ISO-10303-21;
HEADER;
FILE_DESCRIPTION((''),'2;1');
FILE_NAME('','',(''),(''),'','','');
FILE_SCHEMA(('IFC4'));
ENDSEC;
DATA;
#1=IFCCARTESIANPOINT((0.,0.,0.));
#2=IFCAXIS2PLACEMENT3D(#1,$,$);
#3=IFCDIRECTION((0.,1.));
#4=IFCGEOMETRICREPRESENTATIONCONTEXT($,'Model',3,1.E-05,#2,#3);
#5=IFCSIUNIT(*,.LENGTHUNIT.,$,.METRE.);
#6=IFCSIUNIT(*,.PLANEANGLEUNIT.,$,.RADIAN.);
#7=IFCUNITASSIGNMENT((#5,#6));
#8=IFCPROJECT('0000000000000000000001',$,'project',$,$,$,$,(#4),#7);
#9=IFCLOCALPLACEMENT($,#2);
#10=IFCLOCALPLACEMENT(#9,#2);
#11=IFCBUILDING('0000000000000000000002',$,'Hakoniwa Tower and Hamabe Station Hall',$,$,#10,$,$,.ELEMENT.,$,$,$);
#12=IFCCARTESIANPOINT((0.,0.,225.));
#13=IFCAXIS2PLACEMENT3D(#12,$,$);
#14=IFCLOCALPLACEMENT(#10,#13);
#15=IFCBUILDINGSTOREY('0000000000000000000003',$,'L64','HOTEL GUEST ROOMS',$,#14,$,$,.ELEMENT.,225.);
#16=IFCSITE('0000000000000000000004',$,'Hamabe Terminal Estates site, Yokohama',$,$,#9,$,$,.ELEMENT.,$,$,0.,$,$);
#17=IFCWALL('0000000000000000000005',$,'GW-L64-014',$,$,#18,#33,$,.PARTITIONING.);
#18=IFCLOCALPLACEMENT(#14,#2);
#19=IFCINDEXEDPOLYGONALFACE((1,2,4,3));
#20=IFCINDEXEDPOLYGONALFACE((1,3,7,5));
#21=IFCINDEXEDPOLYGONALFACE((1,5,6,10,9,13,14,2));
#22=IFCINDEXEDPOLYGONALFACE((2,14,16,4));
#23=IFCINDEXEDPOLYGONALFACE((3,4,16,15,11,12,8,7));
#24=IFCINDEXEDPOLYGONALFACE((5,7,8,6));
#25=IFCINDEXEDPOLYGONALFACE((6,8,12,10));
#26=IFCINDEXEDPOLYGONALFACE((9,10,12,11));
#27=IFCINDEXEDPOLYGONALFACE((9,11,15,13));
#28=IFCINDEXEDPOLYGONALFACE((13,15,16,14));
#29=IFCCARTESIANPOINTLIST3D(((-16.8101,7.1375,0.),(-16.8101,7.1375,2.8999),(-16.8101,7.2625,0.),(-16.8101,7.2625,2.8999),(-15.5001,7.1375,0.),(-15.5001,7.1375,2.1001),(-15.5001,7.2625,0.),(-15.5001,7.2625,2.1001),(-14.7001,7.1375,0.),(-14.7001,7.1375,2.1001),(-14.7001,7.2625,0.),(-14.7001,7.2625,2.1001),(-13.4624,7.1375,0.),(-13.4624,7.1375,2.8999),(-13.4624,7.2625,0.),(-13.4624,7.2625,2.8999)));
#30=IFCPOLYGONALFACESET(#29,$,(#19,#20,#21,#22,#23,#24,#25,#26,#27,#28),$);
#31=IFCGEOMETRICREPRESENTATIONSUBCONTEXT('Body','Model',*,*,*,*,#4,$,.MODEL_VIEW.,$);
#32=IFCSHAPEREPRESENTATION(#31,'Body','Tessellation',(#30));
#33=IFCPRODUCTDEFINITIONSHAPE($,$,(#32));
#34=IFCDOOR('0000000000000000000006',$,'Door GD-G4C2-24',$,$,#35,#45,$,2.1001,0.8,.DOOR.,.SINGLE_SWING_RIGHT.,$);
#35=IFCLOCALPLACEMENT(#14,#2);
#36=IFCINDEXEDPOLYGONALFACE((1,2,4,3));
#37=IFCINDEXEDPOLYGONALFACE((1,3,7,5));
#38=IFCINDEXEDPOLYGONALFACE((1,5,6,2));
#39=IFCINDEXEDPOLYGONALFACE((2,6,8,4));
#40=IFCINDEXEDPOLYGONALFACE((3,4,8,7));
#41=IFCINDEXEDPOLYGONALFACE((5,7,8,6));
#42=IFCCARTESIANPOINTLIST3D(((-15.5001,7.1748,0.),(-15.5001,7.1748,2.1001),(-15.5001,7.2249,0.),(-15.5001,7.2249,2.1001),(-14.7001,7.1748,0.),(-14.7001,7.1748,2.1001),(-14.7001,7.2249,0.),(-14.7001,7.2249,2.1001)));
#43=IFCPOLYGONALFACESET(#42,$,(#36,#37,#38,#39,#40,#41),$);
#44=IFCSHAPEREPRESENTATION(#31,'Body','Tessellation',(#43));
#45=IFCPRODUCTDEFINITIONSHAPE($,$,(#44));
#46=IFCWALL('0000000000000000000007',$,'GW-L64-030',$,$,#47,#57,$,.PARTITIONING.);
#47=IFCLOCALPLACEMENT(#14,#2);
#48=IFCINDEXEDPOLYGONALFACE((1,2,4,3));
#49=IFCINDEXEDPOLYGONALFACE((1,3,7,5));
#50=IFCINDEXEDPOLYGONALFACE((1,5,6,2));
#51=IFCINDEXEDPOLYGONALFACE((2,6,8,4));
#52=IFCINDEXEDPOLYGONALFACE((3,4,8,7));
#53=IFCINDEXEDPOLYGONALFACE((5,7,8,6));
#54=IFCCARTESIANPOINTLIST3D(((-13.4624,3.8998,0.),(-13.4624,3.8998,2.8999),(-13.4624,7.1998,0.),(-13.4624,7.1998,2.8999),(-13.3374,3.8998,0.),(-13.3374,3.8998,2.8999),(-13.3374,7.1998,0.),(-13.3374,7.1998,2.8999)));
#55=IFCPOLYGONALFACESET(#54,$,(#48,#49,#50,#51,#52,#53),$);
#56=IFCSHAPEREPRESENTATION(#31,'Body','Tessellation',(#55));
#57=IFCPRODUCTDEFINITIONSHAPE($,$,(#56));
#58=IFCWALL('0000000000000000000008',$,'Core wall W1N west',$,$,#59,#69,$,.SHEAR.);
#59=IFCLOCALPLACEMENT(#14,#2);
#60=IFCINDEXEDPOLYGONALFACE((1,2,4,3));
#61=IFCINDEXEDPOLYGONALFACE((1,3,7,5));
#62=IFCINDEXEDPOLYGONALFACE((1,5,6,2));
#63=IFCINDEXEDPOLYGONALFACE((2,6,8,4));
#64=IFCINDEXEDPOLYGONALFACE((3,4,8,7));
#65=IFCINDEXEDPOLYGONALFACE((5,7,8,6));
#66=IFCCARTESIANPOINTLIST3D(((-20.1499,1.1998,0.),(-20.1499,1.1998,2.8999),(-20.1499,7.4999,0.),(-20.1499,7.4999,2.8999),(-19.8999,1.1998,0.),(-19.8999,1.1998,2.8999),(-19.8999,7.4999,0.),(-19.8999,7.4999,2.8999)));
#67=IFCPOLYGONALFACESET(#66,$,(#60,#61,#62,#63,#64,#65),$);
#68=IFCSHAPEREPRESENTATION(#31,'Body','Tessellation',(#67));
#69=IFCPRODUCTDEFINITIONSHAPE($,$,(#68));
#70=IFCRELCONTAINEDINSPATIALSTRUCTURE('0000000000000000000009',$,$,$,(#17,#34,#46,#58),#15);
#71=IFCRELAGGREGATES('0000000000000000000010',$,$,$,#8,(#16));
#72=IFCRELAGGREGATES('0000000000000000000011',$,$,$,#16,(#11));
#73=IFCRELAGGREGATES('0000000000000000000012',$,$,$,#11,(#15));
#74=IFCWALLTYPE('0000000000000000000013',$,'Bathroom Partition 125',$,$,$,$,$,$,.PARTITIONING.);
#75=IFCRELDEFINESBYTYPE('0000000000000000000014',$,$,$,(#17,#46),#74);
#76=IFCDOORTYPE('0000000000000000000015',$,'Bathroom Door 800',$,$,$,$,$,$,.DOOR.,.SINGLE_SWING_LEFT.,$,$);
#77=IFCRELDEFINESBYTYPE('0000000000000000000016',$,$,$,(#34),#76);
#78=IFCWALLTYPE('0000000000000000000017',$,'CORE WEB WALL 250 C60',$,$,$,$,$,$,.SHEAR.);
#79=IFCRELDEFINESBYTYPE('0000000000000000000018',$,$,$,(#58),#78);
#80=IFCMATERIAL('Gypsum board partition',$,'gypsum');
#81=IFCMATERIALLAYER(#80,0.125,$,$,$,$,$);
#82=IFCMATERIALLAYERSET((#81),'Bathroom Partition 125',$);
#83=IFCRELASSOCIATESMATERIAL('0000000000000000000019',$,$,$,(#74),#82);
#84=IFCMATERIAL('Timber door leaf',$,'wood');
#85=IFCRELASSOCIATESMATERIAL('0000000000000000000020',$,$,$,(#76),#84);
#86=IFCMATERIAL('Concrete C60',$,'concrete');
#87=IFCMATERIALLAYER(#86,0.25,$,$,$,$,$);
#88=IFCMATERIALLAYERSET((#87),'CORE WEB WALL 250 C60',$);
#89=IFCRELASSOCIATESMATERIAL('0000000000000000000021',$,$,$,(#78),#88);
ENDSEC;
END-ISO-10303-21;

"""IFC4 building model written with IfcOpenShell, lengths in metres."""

from ifc_helpers import new_model, si_unit, direction, frame, frame_2d, origin, place, context, subcontext, project, spatial, rectangle, extrude, material, layer, layer_set, type_object, element, fill, save


model = new_model("IFC4")

# Units and contexts
model_context = context("Model", 3, precision=1e-05, world=origin(), true_north=direction((0.0, 1.0)))
body_context = subcontext(model_context, "Body", "Model", "MODEL_VIEW")
ifc_project = project(units=[si_unit("LENGTHUNIT", "METRE"), si_unit("PLANEANGLEUNIT", "RADIAN")], contexts=[model_context])

# Site, building, storey
site_placement = place(None, origin())
site = spatial("IfcSite", under=ifc_project, at=site_placement, Name="Hamabe Terminal Estates site, Yokohama", CompositionType="ELEMENT", RefElevation=0.0)
building_placement = place(site_placement, origin())
building = spatial("IfcBuilding", under=site, at=building_placement, Name="Hakoniwa Tower and Hamabe Station Hall", CompositionType="ELEMENT")
storey_placement = place(building_placement, frame((0.0, 0.0, 225.0)))
storey = spatial("IfcBuildingStorey", under=building, at=storey_placement, Name="L64", Description="HOTEL GUEST ROOMS", CompositionType="ELEMENT", Elevation=225.0)

# Wall, opening, door
ifc_material_1 = material(Name="Gypsum board partition", Category="gypsum")
ifc_layer_1 = layer(ifc_material_1, 0.125)
ifc_layer_set_1 = layer_set([ifc_layer_1], Name="Bathroom Partition 125")
wall_type_1 = type_object("IfcWallType", Name="Bathroom Partition 125", PredefinedType="PARTITIONING", material=ifc_layer_set_1)
wall_1_placement = place(storey_placement, frame((-16.8101, 7.2, 0.0), z_axis=(0.0, 0.0, 1.0), x_axis=(1.0, 0.0, 0.0)))
wall_1 = element("IfcWall", 1, at=wall_1_placement, inside=storey, type_object=wall_type_1, Name="GW-L64-014", PredefinedType="PARTITIONING", context=body_context, shape_type="SweptSolid", body=[
    extrude(rectangle(XDim=3.3477, YDim=0.125, at=frame_2d((1.6738, 0.0))), origin(), (0.0, 0.0, 1.0), 2.8999),
])
opening_1_placement = place(wall_1_placement, frame((1.3101, 0.0, 0.0)))
opening_1 = element("IfcOpeningElement", 2, at=opening_1_placement, cuts=wall_1, PredefinedType="OPENING", context=body_context, shape_type="SweptSolid", body=[
    extrude(rectangle(XDim=0.8, YDim=2.1001, at=frame_2d((0.3999, 1.05))), frame((0.0, 0.0725, 0.0), z_axis=(0.0, -1.0, 0.0), x_axis=(1.0, 0.0, 0.0)), (0.0, 0.0, 1.0), 0.145),
])
ifc_material_2 = material(Name="Timber door leaf", Category="wood")
door_type_1 = type_object("IfcDoorType", Name="Bathroom Door 800", OperationType="SINGLE_SWING_LEFT", PredefinedType="DOOR", material=ifc_material_2)
door_1_placement = place(opening_1_placement, origin())
door_1 = element("IfcDoor", 3, at=door_1_placement, inside=storey, type_object=door_type_1, Name="Door GD-G4C2-24", OperationType="SINGLE_SWING_RIGHT", OverallHeight=2.1001, OverallWidth=0.8, PredefinedType="DOOR", context=body_context, shape_type="SweptSolid", body=[
    extrude(rectangle(XDim=0.8, YDim=2.1001, at=frame_2d((0.3999, 1.05))), frame((0.0, 0.0249, 0.0), z_axis=(0.0, -1.0, 0.0), x_axis=(1.0, 0.0, 0.0)), (0.0, 0.0, 1.0), 0.05),
])
fill(opening_1, door_1)

# Walls
wall_2_placement = place(storey_placement, frame((-13.3999, 3.8999, 0.0), z_axis=(0.0, 0.0, 1.0), x_axis=(0.0, 1.0, 0.0)))
element("IfcWall", 4, at=wall_2_placement, inside=storey, type_object=wall_type_1, Name="GW-L64-030", PredefinedType="PARTITIONING", context=body_context, shape_type="SweptSolid", body=[
    extrude(rectangle(XDim=3.3, YDim=0.125, at=frame_2d((1.6499, 0.0))), origin(), (0.0, 0.0, 1.0), 2.8999),
])
ifc_material_3 = material(Name="Concrete C60", Category="concrete")
ifc_layer_2 = layer(ifc_material_3, 0.25)
ifc_layer_set_2 = layer_set([ifc_layer_2], Name="CORE WEB WALL 250 C60")
wall_type_2 = type_object("IfcWallType", Name="CORE WEB WALL 250 C60", PredefinedType="SHEAR", material=ifc_layer_set_2)
wall_3_placement = place(storey_placement, frame((-20.0249, 1.2, 0.0), z_axis=(0.0, 0.0, 1.0), x_axis=(0.0, 1.0, 0.0)))
element("IfcWall", 5, at=wall_3_placement, inside=storey, type_object=wall_type_2, Name="Core wall W1N west", PredefinedType="SHEAR", context=body_context, shape_type="SweptSolid", body=[
    extrude(rectangle(XDim=6.3, YDim=0.25, at=frame_2d((3.1499, 0.0))), origin(), (0.0, 0.0, 1.0), 2.8999),
])

save(model, "model.ifc")
